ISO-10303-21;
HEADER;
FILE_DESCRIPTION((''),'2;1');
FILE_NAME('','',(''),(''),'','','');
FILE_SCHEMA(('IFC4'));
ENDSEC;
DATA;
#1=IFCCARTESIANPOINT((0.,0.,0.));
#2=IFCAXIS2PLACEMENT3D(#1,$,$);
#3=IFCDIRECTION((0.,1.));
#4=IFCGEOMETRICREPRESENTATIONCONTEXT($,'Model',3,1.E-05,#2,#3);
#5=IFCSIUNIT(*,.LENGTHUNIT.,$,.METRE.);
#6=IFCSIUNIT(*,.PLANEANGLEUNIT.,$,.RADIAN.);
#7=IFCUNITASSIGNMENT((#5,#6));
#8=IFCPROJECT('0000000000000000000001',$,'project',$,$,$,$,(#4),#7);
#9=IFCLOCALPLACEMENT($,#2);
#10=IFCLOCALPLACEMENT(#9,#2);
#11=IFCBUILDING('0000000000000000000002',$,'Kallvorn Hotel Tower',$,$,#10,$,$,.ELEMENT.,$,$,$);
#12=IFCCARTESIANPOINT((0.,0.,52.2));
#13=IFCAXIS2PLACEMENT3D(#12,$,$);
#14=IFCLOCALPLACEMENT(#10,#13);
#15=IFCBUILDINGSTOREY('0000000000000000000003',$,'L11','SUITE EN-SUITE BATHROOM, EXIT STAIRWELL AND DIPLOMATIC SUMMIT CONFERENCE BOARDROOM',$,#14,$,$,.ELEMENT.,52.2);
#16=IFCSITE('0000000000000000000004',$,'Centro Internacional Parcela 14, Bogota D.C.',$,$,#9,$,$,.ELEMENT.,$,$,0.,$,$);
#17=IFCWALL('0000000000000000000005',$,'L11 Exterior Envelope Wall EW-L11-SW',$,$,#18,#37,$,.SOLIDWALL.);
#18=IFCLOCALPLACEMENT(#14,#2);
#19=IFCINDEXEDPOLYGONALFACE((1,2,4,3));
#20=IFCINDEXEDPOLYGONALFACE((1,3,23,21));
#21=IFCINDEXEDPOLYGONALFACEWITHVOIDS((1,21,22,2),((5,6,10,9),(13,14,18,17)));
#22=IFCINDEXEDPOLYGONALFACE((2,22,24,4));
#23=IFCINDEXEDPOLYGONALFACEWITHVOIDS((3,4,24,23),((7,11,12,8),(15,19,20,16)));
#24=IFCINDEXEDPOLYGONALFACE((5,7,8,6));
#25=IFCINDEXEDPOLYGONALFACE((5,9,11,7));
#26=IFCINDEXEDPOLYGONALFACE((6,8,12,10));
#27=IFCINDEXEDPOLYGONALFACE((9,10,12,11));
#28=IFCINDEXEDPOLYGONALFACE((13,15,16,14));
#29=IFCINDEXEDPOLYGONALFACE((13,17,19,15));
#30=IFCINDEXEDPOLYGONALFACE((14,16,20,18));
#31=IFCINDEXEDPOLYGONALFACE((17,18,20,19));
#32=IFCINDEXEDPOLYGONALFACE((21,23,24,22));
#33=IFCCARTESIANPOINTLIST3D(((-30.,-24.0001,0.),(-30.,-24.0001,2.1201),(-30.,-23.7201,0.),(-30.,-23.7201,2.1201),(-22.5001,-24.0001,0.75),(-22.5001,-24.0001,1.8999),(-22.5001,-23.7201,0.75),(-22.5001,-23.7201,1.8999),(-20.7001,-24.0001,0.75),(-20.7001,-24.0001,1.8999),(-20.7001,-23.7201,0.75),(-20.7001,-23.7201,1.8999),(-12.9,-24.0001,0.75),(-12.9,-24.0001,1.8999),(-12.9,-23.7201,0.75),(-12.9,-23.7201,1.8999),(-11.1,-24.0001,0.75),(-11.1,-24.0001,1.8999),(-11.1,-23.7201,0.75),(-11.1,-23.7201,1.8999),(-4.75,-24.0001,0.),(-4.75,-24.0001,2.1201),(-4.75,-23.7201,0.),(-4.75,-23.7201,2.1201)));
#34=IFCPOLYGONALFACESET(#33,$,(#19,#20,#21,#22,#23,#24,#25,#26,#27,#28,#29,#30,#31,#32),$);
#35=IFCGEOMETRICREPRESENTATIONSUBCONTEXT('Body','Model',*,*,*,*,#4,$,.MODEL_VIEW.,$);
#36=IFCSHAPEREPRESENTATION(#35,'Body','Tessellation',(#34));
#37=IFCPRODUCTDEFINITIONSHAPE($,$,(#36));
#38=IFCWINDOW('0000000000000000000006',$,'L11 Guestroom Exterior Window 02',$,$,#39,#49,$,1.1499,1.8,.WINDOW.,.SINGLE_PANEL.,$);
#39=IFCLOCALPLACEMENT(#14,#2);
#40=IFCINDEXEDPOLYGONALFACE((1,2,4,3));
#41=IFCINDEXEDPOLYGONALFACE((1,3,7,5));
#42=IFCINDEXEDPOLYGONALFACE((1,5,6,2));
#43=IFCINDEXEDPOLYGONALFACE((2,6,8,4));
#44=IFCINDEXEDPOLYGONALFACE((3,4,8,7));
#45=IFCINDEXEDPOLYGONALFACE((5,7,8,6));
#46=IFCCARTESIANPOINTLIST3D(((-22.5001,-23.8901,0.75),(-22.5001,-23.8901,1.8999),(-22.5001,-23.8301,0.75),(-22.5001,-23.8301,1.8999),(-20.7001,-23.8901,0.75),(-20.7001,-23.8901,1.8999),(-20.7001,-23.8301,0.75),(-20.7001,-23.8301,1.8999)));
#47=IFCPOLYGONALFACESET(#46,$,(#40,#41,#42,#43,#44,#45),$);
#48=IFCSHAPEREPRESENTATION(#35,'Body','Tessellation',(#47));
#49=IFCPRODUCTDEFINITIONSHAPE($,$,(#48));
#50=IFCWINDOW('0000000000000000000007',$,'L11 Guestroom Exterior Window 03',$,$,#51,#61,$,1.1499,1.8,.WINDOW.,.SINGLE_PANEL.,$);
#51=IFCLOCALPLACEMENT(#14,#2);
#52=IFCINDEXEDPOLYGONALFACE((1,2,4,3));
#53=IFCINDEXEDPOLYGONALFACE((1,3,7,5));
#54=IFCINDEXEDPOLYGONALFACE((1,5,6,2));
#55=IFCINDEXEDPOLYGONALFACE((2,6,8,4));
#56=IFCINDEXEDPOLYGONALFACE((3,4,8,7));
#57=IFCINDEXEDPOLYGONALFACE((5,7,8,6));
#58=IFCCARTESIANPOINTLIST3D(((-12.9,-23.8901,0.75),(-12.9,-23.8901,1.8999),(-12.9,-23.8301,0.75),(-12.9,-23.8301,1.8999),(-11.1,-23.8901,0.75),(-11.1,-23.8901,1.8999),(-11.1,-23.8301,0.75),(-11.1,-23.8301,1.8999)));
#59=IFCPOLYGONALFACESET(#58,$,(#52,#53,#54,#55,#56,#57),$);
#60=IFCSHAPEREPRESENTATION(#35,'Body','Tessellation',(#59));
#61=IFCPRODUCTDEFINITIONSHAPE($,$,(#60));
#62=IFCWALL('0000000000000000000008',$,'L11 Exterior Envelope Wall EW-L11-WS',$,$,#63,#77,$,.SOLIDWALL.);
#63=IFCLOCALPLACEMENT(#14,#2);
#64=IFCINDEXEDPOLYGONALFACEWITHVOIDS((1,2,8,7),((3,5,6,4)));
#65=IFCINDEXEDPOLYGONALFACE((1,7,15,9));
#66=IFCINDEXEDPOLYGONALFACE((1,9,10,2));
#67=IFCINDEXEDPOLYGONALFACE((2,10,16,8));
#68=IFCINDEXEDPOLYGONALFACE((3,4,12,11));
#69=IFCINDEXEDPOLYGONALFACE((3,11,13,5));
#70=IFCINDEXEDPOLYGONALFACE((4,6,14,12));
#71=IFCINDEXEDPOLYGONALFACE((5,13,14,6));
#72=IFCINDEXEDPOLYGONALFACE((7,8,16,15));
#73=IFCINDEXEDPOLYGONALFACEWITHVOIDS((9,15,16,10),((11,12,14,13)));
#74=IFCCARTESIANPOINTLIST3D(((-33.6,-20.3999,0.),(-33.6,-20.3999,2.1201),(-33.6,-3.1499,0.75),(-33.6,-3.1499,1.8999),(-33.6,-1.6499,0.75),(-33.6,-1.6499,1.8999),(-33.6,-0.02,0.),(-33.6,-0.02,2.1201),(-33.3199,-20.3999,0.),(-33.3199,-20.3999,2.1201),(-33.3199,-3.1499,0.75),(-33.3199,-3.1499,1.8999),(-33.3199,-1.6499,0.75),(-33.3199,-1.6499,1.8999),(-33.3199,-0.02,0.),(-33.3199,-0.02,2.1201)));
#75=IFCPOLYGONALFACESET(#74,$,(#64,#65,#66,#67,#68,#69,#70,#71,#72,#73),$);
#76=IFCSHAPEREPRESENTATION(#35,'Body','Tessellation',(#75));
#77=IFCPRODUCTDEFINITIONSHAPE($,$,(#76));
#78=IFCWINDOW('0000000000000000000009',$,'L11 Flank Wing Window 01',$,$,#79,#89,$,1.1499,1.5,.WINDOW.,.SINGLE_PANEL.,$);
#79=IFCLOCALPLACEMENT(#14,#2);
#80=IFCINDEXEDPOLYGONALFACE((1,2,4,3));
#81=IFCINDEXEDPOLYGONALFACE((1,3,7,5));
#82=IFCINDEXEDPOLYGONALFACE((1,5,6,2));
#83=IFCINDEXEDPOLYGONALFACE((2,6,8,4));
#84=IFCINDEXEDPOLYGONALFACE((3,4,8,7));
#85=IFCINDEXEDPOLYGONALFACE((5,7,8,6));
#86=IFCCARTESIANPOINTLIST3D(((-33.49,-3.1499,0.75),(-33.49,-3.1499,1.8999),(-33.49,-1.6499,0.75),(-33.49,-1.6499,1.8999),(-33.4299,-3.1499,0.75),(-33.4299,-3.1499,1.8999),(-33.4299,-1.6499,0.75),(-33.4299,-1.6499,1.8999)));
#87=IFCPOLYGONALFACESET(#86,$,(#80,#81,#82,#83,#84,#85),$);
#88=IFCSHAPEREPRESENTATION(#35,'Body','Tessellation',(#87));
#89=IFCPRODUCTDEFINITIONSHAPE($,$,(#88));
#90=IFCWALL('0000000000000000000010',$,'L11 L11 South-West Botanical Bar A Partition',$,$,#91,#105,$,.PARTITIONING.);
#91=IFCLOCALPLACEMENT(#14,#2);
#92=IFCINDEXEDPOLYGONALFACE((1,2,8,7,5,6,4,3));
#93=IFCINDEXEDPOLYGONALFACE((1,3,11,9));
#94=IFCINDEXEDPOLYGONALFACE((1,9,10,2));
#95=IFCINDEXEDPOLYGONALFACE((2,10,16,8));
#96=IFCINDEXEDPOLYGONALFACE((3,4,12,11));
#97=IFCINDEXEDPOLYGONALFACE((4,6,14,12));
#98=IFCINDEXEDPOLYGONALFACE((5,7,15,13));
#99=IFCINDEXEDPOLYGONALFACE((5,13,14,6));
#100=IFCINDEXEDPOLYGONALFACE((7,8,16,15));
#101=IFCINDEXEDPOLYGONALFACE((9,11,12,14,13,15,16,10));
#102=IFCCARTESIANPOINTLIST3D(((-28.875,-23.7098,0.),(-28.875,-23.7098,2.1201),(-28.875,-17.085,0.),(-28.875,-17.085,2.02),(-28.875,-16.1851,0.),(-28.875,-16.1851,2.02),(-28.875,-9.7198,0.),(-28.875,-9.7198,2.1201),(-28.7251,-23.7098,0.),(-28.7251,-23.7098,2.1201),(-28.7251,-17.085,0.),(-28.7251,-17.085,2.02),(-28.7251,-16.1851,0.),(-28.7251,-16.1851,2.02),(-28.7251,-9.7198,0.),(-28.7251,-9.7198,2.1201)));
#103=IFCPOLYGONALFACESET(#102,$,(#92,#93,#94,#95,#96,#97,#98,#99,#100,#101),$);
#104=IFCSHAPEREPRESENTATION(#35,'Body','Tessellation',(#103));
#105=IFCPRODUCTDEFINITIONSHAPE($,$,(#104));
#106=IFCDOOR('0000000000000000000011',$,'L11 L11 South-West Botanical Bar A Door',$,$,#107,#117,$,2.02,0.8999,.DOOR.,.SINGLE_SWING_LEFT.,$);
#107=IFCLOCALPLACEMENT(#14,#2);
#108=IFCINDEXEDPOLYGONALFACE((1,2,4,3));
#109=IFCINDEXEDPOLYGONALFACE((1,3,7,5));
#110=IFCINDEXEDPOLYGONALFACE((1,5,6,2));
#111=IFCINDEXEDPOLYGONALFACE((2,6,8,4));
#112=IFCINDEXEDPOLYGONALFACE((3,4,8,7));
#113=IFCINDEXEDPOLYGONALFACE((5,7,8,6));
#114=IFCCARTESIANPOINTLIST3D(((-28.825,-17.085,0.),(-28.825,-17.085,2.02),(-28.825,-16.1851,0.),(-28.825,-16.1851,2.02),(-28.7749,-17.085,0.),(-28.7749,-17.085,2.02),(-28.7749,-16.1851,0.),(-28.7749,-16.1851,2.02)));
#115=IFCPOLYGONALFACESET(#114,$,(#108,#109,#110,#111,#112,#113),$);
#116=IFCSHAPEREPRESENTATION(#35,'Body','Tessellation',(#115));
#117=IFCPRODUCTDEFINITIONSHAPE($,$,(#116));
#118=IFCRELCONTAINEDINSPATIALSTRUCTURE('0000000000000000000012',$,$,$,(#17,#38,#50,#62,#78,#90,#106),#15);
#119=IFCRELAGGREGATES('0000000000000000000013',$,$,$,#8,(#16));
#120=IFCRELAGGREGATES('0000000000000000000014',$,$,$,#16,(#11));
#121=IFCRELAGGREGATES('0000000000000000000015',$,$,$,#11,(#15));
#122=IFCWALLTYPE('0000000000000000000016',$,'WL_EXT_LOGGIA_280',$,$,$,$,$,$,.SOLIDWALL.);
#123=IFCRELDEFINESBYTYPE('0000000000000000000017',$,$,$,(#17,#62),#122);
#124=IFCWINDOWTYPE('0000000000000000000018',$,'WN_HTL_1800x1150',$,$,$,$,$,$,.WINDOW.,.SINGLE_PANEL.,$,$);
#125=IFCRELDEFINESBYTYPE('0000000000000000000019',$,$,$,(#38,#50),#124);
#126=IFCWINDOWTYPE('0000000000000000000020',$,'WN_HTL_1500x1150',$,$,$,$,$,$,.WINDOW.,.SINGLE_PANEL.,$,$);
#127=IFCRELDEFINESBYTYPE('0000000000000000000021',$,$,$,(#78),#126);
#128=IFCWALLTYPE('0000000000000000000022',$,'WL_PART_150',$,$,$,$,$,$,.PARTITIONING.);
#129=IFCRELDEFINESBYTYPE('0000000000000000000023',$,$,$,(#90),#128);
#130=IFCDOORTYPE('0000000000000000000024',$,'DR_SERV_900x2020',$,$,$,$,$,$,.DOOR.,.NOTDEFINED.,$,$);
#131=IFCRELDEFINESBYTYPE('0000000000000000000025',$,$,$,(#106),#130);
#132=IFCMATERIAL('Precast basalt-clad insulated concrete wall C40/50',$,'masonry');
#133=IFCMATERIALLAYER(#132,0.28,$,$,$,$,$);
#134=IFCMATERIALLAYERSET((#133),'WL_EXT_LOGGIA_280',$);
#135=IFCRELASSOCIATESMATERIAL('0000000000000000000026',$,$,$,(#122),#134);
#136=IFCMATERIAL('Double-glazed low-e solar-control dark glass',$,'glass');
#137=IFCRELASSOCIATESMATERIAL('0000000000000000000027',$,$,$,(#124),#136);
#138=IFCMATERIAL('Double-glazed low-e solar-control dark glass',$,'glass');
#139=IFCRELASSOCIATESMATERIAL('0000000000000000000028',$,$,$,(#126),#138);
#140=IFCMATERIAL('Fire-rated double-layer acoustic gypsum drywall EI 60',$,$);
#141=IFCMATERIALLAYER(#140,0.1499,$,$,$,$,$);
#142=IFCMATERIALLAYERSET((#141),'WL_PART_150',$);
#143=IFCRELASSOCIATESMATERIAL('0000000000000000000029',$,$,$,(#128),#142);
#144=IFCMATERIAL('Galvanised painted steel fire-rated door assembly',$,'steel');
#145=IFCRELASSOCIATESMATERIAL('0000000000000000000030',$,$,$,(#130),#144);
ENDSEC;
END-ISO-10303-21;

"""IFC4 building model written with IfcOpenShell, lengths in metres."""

from ifc_helpers import new_model, si_unit, direction, frame, frame_2d, origin, place, context, subcontext, project, spatial, rectangle, extrude, material, layer, layer_set, type_object, element, fill, save


model = new_model("IFC4")

# Units and contexts
model_context = context("Model", 3, precision=1e-05, world=origin(), true_north=direction((0.0, 1.0)))
body_context = subcontext(model_context, "Body", "Model", "MODEL_VIEW")
ifc_project = project(units=[si_unit("LENGTHUNIT", "METRE"), si_unit("PLANEANGLEUNIT", "RADIAN")], contexts=[model_context])

# Site, building, storey
site_placement = place(None, origin())
site = spatial("IfcSite", under=ifc_project, at=site_placement, Name="Centro Internacional Parcela 14, Bogota D.C.", CompositionType="ELEMENT", RefElevation=0.0)
building_placement = place(site_placement, origin())
building = spatial("IfcBuilding", under=site, at=building_placement, Name="Kallvorn Hotel Tower", CompositionType="ELEMENT")
storey_placement = place(building_placement, frame((0.0, 0.0, 52.2)))
storey = spatial("IfcBuildingStorey", under=building, at=storey_placement, Name="L11", Description="SUITE EN-SUITE BATHROOM, EXIT STAIRWELL AND DIPLOMATIC SUMMIT CONFERENCE BOARDROOM", CompositionType="ELEMENT", Elevation=52.2)

# Shared definitions
ifc_material_1 = material(Name="Precast basalt-clad insulated concrete wall C40/50", Category="masonry")
ifc_layer_1 = layer(ifc_material_1, 0.28)
ifc_layer_set_1 = layer_set([ifc_layer_1], Name="WL_EXT_LOGGIA_280")
wall_type_1 = type_object("IfcWallType", Name="WL_EXT_LOGGIA_280", PredefinedType="SOLIDWALL", material=ifc_layer_set_1)

# Wall, openings, windows
wall_1_placement = place(storey_placement, frame((-30.0, -23.8601, 0.0), z_axis=(0.0, 0.0, 1.0), x_axis=(1.0, 0.0, 0.0)))
wall_1 = element("IfcWall", 1, at=wall_1_placement, inside=storey, type_object=wall_type_1, Name="L11 Exterior Envelope Wall EW-L11-SW", PredefinedType="SOLIDWALL", context=body_context, shape_type="SweptSolid", body=[
    extrude(rectangle(XDim=25.25, YDim=0.28, at=frame_2d((12.625, 0.0))), origin(), (0.0, 0.0, 1.0), 2.1201),
])
opening_1_placement = place(wall_1_placement, frame((7.5, 0.0, 0.75)))
opening_1 = element("IfcOpeningElement", 2, at=opening_1_placement, cuts=wall_1, PredefinedType="OPENING", context=body_context, shape_type="SweptSolid", body=[
    extrude(rectangle(XDim=1.8, YDim=1.1499, at=frame_2d((0.8999, 0.575))), frame((0.0, 0.155, 0.0), z_axis=(0.0, -1.0, 0.0), x_axis=(1.0, 0.0, 0.0)), (0.0, 0.0, 1.0), 0.3101),
])
opening_2_placement = place(wall_1_placement, frame((17.1001, 0.0, 0.75)))
opening_2 = element("IfcOpeningElement", 3, at=opening_2_placement, cuts=wall_1, PredefinedType="OPENING", context=body_context, shape_type="SweptSolid", body=[
    extrude(rectangle(XDim=1.8, YDim=1.1499, at=frame_2d((0.8999, 0.575))), frame((0.0, 0.155, 0.0), z_axis=(0.0, -1.0, 0.0), x_axis=(1.0, 0.0, 0.0)), (0.0, 0.0, 1.0), 0.3101),
])
ifc_material_2 = material(Name="Double-glazed low-e solar-control dark glass", Category="glass")
window_type_1 = type_object("IfcWindowType", Name="WN_HTL_1800x1150", PartitioningType="SINGLE_PANEL", PredefinedType="WINDOW", material=ifc_material_2)
window_1_placement = place(opening_1_placement, origin())
window_1 = element("IfcWindow", 4, at=window_1_placement, inside=storey, type_object=window_type_1, Name="L11 Guestroom Exterior Window 02", OverallHeight=1.1499, OverallWidth=1.8, PartitioningType="SINGLE_PANEL", PredefinedType="WINDOW", context=body_context, shape_type="SweptSolid", body=[
    extrude(rectangle(XDim=1.8, YDim=1.1499, at=frame_2d((0.8999, 0.575))), frame((0.0, 0.03, 0.0), z_axis=(0.0, -1.0, 0.0), x_axis=(1.0, 0.0, 0.0)), (0.0, 0.0, 1.0), 0.0601),
])
fill(opening_1, window_1)
window_2_placement = place(opening_2_placement, origin())
window_2 = element("IfcWindow", 5, at=window_2_placement, inside=storey, type_object=window_type_1, Name="L11 Guestroom Exterior Window 03", OverallHeight=1.1499, OverallWidth=1.8, PartitioningType="SINGLE_PANEL", PredefinedType="WINDOW", context=body_context, shape_type="SweptSolid", body=[
    extrude(rectangle(XDim=1.8, YDim=1.1499, at=frame_2d((0.8999, 0.575))), frame((0.0, 0.03, 0.0), z_axis=(0.0, -1.0, 0.0), x_axis=(1.0, 0.0, 0.0)), (0.0, 0.0, 1.0), 0.0601),
])
fill(opening_2, window_2)

# Wall, opening, window
wall_2_placement = place(storey_placement, frame((-33.46, -20.3999, 0.0), z_axis=(0.0, 0.0, 1.0), x_axis=(0.0, 1.0, 0.0)))
wall_2 = element("IfcWall", 6, at=wall_2_placement, inside=storey, type_object=wall_type_1, Name="L11 Exterior Envelope Wall EW-L11-WS", PredefinedType="SOLIDWALL", context=body_context, shape_type="SweptSolid", body=[
    extrude(rectangle(XDim=20.3799, YDim=0.28, at=frame_2d((10.1899, 0.0))), origin(), (0.0, 0.0, 1.0), 2.1201),
])
opening_3_placement = place(wall_2_placement, frame((17.25, 0.0, 0.75)))
opening_3 = element("IfcOpeningElement", 7, at=opening_3_placement, cuts=wall_2, PredefinedType="OPENING", context=body_context, shape_type="SweptSolid", body=[
    extrude(rectangle(XDim=1.5, YDim=1.1499, at=frame_2d((0.75, 0.575))), frame((0.0, 0.155, 0.0), z_axis=(0.0, -1.0, 0.0), x_axis=(1.0, 0.0, 0.0)), (0.0, 0.0, 1.0), 0.3101),
])
ifc_material_3 = material(Name="Double-glazed low-e solar-control dark glass", Category="glass")
window_type_2 = type_object("IfcWindowType", Name="WN_HTL_1500x1150", PartitioningType="SINGLE_PANEL", PredefinedType="WINDOW", material=ifc_material_3)
window_3_placement = place(opening_3_placement, origin())
window_3 = element("IfcWindow", 8, at=window_3_placement, inside=storey, type_object=window_type_2, Name="L11 Flank Wing Window 01", OverallHeight=1.1499, OverallWidth=1.5, PartitioningType="SINGLE_PANEL", PredefinedType="WINDOW", context=body_context, shape_type="SweptSolid", body=[
    extrude(rectangle(XDim=1.5, YDim=1.1499, at=frame_2d((0.75, 0.575))), frame((0.0, 0.03, 0.0), z_axis=(0.0, -1.0, 0.0), x_axis=(1.0, 0.0, 0.0)), (0.0, 0.0, 1.0), 0.0601),
])
fill(opening_3, window_3)

# Wall, opening, door
ifc_material_4 = material(Name="Fire-rated double-layer acoustic gypsum drywall EI 60")
ifc_layer_2 = layer(ifc_material_4, 0.1499)
ifc_layer_set_2 = layer_set([ifc_layer_2], Name="WL_PART_150")
wall_type_2 = type_object("IfcWallType", Name="WL_PART_150", PredefinedType="PARTITIONING", material=ifc_layer_set_2)
wall_3_placement = place(storey_placement, frame((-28.8, -23.71, 0.0), z_axis=(0.0, 0.0, 1.0), x_axis=(0.0, 1.0, 0.0)))
wall_3 = element("IfcWall", 9, at=wall_3_placement, inside=storey, type_object=wall_type_2, Name="L11 L11 South-West Botanical Bar A Partition", PredefinedType="PARTITIONING", context=body_context, shape_type="SweptSolid", body=[
    extrude(rectangle(XDim=13.99, YDim=0.1499, at=frame_2d((6.9951, 0.0))), origin(), (0.0, 0.0, 1.0), 2.1201),
])
opening_4_placement = place(wall_3_placement, frame((6.625, 0.0, 0.0)))
opening_4 = element("IfcOpeningElement", 10, at=opening_4_placement, cuts=wall_3, PredefinedType="OPENING", context=body_context, shape_type="SweptSolid", body=[
    extrude(rectangle(XDim=0.8999, YDim=2.02, at=frame_2d((0.45, 1.01))), frame((0.0, 0.0898, 0.0), z_axis=(0.0, -1.0, 0.0), x_axis=(1.0, 0.0, 0.0)), (0.0, 0.0, 1.0), 0.1799),
])
ifc_material_5 = material(Name="Galvanised painted steel fire-rated door assembly", Category="steel")
door_type = type_object("IfcDoorType", Name="DR_SERV_900x2020", OperationType="NOTDEFINED", PredefinedType="DOOR", material=ifc_material_5)
door_placement = place(opening_4_placement, origin())
door = element("IfcDoor", 11, at=door_placement, inside=storey, type_object=door_type, Name="L11 L11 South-West Botanical Bar A Door", OperationType="SINGLE_SWING_LEFT", OverallHeight=2.02, OverallWidth=0.8999, PredefinedType="DOOR", context=body_context, shape_type="SweptSolid", body=[
    extrude(rectangle(XDim=0.8999, YDim=2.02, at=frame_2d((0.45, 1.01))), frame((0.0, 0.0249, 0.0), z_axis=(0.0, -1.0, 0.0), x_axis=(1.0, 0.0, 0.0)), (0.0, 0.0, 1.0), 0.05),
])
fill(opening_4, door)

save(model, "model.ifc")
